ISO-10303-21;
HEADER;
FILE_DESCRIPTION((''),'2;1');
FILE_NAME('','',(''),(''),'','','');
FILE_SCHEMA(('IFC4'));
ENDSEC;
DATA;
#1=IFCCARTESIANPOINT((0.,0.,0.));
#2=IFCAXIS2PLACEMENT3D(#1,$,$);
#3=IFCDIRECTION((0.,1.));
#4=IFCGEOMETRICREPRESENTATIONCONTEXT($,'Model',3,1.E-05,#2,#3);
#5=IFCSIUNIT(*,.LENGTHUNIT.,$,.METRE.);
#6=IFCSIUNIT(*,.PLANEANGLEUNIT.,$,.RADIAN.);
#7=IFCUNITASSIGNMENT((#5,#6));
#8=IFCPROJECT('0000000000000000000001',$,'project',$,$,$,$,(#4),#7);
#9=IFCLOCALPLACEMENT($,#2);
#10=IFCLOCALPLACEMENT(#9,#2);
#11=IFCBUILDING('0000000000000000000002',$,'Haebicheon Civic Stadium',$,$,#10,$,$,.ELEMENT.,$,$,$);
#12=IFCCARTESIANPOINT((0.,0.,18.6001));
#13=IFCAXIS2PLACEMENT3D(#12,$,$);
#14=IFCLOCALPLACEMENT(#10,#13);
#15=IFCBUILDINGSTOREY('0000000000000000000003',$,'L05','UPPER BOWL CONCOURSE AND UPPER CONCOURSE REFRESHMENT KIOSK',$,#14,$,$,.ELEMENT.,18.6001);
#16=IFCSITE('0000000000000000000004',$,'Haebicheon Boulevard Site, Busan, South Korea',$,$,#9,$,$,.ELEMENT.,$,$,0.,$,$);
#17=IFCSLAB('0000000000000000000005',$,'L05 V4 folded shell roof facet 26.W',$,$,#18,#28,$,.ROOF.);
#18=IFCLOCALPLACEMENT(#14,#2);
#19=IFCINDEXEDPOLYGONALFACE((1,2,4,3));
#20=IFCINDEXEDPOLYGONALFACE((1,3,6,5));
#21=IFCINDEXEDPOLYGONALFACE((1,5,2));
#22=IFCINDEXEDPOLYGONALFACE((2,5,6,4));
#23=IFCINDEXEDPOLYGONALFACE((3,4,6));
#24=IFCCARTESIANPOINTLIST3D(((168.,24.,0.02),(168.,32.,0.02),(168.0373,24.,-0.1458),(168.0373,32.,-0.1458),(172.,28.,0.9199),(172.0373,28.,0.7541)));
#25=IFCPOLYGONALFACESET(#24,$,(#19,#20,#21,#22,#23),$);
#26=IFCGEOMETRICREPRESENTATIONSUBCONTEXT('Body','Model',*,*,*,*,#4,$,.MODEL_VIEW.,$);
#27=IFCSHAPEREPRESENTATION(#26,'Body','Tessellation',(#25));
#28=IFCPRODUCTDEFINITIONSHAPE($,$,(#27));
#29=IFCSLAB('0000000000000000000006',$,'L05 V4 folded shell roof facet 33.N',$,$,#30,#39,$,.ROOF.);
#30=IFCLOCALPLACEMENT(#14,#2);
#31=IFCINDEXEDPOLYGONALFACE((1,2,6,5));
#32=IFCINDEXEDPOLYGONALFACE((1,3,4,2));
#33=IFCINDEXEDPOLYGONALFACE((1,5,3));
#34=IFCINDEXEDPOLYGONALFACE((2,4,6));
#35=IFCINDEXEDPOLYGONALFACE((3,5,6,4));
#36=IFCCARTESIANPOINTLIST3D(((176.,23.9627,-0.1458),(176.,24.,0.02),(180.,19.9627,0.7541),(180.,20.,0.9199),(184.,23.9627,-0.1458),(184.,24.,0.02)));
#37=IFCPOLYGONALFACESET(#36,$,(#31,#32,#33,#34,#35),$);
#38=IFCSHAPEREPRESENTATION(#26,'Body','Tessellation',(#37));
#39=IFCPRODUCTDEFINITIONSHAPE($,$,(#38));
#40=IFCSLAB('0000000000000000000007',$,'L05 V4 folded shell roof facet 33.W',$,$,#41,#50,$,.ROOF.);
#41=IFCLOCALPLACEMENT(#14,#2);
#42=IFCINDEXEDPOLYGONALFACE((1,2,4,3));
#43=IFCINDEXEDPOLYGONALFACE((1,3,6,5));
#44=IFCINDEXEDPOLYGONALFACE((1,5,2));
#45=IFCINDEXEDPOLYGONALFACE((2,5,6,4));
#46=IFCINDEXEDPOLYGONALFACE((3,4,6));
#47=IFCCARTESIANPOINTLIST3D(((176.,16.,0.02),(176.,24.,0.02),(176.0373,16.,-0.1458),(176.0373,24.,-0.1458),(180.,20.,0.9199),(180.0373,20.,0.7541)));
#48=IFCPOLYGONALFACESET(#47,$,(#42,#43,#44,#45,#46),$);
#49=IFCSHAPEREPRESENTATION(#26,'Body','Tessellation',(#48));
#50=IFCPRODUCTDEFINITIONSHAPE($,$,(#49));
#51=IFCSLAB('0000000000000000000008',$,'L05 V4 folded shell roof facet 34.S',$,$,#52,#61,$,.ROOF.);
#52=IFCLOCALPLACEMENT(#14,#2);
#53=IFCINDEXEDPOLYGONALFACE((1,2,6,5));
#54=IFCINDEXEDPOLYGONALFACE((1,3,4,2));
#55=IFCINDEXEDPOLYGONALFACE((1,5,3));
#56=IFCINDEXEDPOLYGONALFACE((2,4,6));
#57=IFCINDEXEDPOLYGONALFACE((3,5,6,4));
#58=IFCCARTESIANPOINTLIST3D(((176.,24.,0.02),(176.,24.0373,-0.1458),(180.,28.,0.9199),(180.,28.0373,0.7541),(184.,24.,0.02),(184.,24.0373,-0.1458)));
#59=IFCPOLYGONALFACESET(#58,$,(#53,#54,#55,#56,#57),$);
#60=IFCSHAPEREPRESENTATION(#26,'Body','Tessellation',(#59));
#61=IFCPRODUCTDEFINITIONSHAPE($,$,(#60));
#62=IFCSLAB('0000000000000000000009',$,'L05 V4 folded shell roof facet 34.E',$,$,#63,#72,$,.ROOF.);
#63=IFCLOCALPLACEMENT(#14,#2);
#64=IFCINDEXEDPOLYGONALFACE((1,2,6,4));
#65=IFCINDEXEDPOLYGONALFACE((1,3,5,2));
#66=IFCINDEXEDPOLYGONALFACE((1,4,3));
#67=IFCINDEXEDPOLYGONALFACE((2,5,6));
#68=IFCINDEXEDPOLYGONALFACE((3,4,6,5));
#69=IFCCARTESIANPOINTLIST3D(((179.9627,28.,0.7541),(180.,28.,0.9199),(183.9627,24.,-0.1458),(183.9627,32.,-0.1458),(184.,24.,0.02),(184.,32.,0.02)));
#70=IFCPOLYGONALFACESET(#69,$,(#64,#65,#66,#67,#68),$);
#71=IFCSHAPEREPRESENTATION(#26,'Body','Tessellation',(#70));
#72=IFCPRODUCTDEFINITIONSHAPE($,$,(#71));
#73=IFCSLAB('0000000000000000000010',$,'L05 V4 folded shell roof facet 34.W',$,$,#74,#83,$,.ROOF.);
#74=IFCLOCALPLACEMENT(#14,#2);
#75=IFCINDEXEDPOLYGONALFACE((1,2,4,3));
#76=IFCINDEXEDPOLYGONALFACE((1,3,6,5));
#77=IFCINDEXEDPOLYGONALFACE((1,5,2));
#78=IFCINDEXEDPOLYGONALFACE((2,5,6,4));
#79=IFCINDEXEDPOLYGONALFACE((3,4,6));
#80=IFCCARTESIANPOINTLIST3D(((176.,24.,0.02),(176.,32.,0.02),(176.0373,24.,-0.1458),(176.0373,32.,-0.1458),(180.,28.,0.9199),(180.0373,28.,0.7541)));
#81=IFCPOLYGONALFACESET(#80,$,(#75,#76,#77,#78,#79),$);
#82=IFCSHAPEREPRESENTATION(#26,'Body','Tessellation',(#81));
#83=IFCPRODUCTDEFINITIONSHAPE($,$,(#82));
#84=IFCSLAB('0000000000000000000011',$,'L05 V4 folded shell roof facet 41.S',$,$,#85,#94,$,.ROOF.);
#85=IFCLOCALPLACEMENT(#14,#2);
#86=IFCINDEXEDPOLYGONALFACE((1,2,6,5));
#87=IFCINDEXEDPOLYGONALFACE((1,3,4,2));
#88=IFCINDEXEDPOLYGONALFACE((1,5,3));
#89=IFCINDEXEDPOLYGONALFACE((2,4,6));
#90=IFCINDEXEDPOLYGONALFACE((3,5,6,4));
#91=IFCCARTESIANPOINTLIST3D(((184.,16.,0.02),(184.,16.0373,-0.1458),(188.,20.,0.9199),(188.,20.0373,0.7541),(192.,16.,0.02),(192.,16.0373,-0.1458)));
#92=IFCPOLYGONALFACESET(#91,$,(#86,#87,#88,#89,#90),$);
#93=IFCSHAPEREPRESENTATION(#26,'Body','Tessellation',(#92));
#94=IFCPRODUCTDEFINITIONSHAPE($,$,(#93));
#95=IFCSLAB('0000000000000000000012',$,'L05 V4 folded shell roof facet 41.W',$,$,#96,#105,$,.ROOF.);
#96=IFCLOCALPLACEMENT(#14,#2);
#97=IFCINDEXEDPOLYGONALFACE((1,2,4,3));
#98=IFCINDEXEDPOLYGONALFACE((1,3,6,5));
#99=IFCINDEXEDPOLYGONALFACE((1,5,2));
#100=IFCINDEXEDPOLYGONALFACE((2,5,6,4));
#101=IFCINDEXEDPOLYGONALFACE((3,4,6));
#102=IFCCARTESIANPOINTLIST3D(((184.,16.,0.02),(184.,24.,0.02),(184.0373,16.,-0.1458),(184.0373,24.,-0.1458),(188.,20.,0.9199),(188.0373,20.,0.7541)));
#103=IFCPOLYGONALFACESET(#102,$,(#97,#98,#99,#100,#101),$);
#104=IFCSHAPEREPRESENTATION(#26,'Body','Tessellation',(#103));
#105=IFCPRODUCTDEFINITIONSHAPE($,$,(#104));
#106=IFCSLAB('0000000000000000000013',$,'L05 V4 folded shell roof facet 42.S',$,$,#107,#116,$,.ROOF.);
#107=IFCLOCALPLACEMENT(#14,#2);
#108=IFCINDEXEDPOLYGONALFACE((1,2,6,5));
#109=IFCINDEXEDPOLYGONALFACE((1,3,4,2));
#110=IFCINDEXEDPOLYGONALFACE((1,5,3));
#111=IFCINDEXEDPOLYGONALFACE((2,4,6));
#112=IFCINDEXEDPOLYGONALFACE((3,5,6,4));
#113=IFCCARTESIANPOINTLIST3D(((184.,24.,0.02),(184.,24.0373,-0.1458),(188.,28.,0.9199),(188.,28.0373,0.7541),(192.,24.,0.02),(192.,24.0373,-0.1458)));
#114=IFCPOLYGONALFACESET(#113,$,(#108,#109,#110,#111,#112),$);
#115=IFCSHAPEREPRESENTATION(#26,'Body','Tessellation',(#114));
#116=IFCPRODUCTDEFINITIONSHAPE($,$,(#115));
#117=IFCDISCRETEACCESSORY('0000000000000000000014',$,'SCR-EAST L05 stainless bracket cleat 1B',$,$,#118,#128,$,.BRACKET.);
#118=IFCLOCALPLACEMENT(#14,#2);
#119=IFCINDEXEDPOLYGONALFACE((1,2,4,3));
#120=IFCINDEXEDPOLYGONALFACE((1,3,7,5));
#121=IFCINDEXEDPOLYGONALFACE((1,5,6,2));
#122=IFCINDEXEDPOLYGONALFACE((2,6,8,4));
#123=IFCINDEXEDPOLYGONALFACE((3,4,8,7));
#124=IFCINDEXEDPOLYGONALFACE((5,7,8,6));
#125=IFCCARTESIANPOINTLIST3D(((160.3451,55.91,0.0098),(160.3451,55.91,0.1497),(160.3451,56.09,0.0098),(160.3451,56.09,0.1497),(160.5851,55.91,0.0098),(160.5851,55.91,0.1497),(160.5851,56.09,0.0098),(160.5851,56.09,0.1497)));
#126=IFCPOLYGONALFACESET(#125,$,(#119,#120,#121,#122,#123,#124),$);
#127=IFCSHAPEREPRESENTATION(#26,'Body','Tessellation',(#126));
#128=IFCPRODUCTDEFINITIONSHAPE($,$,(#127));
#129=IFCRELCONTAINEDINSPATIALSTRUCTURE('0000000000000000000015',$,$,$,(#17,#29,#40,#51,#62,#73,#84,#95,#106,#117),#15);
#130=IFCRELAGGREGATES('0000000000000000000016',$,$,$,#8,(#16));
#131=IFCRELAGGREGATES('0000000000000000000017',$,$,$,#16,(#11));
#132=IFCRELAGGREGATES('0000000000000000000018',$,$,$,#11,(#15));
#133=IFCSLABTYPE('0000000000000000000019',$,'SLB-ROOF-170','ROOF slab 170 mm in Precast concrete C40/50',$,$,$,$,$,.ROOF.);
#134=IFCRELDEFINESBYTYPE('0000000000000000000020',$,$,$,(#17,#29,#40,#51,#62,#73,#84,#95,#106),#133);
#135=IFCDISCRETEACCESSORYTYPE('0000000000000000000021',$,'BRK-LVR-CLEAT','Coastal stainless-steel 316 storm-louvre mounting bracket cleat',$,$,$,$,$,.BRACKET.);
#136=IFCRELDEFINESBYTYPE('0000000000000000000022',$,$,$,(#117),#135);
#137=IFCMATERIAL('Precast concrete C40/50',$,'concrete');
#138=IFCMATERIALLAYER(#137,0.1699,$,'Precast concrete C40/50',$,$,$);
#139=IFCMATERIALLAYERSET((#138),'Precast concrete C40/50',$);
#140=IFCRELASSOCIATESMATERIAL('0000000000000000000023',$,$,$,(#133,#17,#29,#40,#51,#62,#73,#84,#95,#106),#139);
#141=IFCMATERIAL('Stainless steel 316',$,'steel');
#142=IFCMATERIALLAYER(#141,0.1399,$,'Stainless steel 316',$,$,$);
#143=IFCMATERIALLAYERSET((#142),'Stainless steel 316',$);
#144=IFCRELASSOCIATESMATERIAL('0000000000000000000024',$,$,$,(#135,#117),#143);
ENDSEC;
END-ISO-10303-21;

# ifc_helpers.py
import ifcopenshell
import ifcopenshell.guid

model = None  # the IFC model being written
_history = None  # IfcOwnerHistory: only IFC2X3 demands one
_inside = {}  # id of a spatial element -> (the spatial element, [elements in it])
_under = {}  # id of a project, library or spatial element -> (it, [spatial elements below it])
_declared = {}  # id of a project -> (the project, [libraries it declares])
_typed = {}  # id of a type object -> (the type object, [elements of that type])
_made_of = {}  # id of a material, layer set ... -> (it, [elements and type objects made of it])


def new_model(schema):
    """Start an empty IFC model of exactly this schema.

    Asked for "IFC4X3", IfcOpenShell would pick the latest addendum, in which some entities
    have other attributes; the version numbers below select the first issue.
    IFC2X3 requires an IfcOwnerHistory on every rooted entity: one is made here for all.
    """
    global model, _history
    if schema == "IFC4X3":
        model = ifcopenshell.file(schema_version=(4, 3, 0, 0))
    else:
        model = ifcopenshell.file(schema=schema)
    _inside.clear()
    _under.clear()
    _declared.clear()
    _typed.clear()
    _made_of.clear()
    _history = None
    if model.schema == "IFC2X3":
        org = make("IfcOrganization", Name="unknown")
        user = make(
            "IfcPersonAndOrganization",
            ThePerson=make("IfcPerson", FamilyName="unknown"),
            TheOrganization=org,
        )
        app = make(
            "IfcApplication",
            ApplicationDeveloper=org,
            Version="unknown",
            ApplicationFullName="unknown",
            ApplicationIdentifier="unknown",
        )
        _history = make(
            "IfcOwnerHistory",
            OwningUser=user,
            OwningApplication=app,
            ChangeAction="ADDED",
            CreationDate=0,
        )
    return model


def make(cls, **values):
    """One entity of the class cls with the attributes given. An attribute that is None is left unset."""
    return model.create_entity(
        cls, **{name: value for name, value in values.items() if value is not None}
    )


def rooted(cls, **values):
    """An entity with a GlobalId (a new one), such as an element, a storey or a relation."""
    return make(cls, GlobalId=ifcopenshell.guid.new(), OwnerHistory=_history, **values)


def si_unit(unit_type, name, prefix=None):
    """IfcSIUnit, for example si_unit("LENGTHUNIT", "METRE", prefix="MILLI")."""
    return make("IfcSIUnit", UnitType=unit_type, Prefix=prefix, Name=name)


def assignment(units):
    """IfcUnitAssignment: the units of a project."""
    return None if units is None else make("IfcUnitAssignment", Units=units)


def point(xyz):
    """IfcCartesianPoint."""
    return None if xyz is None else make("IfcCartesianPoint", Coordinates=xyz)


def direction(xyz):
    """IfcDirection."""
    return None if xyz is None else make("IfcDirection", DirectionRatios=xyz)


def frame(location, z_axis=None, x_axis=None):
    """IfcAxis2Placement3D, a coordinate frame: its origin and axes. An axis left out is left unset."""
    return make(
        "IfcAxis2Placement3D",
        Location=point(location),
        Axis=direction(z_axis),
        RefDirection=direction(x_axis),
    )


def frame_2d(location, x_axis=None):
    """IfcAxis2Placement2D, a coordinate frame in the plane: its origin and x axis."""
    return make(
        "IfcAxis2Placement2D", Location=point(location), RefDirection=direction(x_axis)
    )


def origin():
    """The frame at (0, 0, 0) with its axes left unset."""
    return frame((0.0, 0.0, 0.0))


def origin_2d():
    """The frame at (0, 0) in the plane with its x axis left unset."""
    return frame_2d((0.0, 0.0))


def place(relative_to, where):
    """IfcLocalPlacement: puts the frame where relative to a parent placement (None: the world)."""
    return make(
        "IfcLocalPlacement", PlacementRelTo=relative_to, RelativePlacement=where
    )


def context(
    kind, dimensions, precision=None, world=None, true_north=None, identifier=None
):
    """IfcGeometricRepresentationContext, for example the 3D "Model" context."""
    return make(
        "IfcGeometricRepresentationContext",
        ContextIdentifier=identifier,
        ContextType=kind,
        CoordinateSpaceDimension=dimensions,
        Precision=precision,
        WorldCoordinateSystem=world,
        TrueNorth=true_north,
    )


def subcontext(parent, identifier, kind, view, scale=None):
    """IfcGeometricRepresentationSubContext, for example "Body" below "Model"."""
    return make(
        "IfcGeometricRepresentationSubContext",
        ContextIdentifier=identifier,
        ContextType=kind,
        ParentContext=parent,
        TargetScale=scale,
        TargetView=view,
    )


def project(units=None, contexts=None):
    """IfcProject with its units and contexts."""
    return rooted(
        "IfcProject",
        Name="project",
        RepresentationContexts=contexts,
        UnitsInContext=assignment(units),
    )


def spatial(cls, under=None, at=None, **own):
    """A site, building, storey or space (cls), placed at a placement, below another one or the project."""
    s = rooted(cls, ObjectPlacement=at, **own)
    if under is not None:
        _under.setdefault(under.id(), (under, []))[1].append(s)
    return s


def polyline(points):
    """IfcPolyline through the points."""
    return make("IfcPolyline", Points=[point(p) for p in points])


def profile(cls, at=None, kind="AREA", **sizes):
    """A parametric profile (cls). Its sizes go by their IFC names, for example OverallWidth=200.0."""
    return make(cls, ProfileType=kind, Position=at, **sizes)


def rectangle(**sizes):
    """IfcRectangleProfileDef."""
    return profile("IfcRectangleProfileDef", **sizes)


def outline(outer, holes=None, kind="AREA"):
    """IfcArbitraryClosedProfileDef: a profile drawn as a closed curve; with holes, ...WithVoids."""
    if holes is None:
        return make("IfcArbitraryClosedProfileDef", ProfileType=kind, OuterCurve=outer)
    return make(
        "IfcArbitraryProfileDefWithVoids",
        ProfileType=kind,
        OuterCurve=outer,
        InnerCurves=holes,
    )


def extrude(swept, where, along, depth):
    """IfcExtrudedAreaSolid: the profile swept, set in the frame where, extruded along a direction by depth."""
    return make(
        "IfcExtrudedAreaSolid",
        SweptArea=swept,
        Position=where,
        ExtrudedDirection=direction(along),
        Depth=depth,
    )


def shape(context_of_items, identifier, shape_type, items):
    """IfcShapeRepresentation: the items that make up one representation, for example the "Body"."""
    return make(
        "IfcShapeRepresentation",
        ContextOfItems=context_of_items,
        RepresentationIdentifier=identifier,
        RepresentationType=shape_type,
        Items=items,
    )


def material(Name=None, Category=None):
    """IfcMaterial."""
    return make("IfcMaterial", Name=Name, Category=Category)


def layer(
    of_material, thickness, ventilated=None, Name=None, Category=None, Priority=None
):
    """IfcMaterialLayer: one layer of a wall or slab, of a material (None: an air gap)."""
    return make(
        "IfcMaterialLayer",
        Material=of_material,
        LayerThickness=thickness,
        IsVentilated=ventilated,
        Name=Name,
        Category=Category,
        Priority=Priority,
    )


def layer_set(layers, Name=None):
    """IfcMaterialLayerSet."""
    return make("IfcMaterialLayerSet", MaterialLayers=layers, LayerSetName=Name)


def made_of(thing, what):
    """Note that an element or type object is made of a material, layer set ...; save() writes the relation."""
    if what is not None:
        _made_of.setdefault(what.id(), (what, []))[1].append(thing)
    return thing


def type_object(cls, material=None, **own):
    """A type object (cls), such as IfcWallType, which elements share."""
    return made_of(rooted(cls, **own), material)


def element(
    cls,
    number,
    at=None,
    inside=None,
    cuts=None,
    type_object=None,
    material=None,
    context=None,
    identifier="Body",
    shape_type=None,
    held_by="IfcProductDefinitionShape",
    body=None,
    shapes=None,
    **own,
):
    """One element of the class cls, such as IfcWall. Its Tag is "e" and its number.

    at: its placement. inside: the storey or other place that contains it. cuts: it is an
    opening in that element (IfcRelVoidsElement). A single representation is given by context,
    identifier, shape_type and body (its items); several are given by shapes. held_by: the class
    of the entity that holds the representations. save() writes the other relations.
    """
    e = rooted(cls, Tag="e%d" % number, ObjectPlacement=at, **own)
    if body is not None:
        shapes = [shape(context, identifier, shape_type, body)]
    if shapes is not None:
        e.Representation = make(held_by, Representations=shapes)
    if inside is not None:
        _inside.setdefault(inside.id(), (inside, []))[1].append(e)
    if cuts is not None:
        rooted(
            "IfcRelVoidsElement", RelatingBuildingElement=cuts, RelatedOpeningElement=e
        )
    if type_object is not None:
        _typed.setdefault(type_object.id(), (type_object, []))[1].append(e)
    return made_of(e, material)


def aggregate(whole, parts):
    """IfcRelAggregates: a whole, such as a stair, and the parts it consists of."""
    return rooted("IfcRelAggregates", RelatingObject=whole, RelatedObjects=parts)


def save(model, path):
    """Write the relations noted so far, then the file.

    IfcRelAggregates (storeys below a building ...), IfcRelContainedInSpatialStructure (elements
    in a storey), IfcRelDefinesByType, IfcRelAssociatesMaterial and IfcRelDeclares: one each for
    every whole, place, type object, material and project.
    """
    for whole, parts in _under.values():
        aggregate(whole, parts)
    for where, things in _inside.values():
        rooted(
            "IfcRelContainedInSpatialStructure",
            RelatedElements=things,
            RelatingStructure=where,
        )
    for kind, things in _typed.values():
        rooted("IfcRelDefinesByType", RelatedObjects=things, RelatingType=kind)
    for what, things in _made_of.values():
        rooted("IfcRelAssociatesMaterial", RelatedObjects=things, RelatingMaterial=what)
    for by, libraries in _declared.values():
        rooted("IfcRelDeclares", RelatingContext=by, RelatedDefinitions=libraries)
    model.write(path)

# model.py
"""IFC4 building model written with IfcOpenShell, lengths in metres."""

from ifc_helpers import new_model, si_unit, direction, frame, origin, origin_2d, place, context, subcontext, project, spatial, polyline, rectangle, outline, extrude, material, layer, layer_set, type_object, element, save


model = new_model("IFC4")

# Units and contexts
model_context = context("Model", 3, precision=1e-05, world=origin(), true_north=direction((0.0, 1.0)))
body_context = subcontext(model_context, "Body", "Model", "MODEL_VIEW")
ifc_project = project(units=[si_unit("LENGTHUNIT", "METRE"), si_unit("PLANEANGLEUNIT", "RADIAN")], contexts=[model_context])

# Site, building, storey
site_placement = place(None, origin())
site = spatial("IfcSite", under=ifc_project, at=site_placement, Name="Haebicheon Boulevard Site, Busan, South Korea", CompositionType="ELEMENT", RefElevation=0.0)
building_placement = place(site_placement, origin())
building = spatial("IfcBuilding", under=site, at=building_placement, Name="Haebicheon Civic Stadium", CompositionType="ELEMENT")
storey_placement = place(building_placement, frame((0.0, 0.0, 18.6001)))
storey = spatial("IfcBuildingStorey", under=building, at=storey_placement, Name="L05", Description="UPPER BOWL CONCOURSE AND UPPER CONCOURSE REFRESHMENT KIOSK", CompositionType="ELEMENT", Elevation=18.6001)

# Slabs
ifc_material_1 = material(Name="Precast concrete C40/50", Category="concrete")
ifc_layer_1 = layer(ifc_material_1, 0.1699, Name="Precast concrete C40/50")
ifc_layer_set_1 = layer_set([ifc_layer_1], Name="Precast concrete C40/50")
slab_type = type_object("IfcSlabType", Name="SLB-ROOF-170", Description="ROOF slab 170 mm in Precast concrete C40/50", PredefinedType="ROOF", material=ifc_layer_set_1)
for number, where, z_axis, x_axis, name in (
    (1, (168.0, 32.0, 0.02), (-0.21949, 0.0, 0.975615), (0.0, -1.0, 0.0), "L05 V4 folded shell roof facet 26.W"),
    (2, (184.0, 24.0, 0.02), (0.0, 0.21949, 0.975615), (-1.0, 0.0, 0.0), "L05 V4 folded shell roof facet 33.N"),
    (3, (176.0, 24.0, 0.02), (-0.21949, 0.0, 0.975615), (0.0, -1.0, 0.0), "L05 V4 folded shell roof facet 33.W"),
    (4, (176.0, 24.0, 0.02), (0.0, -0.21949, 0.975615), (1.0, 0.0, 0.0), "L05 V4 folded shell roof facet 34.S"),
    (5, (184.0, 24.0, 0.02), (0.21949, 0.0, 0.975615), (0.0, 1.0, 0.0), "L05 V4 folded shell roof facet 34.E"),
    (6, (176.0, 32.0, 0.02), (-0.21949, 0.0, 0.975615), (0.0, -1.0, 0.0), "L05 V4 folded shell roof facet 34.W"),
    (7, (184.0, 16.0, 0.02), (0.0, -0.21949, 0.975615), (1.0, 0.0, 0.0), "L05 V4 folded shell roof facet 41.S"),
    (8, (184.0, 24.0, 0.02), (-0.21949, 0.0, 0.975615), (0.0, -1.0, 0.0), "L05 V4 folded shell roof facet 41.W"),
    (9, (184.0, 24.0, 0.02), (0.0, -0.21949, 0.975615), (1.0, 0.0, 0.0), "L05 V4 folded shell roof facet 42.S"),
):
    element("IfcSlab", number, at=place(storey_placement, frame(where, z_axis=z_axis, x_axis=x_axis)), inside=storey, type_object=slab_type, material=ifc_layer_set_1, Name=name, PredefinedType="ROOF", context=body_context, shape_type="SweptSolid", body=[
        extrude(outline(polyline([(0.0, 0.0), (8.0, 0.0), (4.0, 4.1), (0.0, 0.0)])), origin(), (0.0, 0.0, -1.0), 0.1699),
    ])

# Discrete accessory
ifc_material_2 = material(Name="Stainless steel 316", Category="steel")
ifc_layer_2 = layer(ifc_material_2, 0.1399, Name="Stainless steel 316")
ifc_layer_set_2 = layer_set([ifc_layer_2], Name="Stainless steel 316")
discrete_accessory_type = type_object("IfcDiscreteAccessoryType", Name="BRK-LVR-CLEAT", Description="Coastal stainless-steel 316 storm-louvre mounting bracket cleat", PredefinedType="BRACKET", material=ifc_layer_set_2)
discrete_accessory_placement = place(storey_placement, frame((160.4651, 56.0, 0.0098), z_axis=(0.0, 0.0, 1.0), x_axis=(1.0, 0.0, 0.0)))
element("IfcDiscreteAccessory", 10, at=discrete_accessory_placement, inside=storey, type_object=discrete_accessory_type, material=ifc_layer_set_2, Name="SCR-EAST L05 stainless bracket cleat 1B", PredefinedType="BRACKET", context=body_context, shape_type="SweptSolid", body=[
    extrude(rectangle(XDim=0.24, YDim=0.1799, at=origin_2d()), origin(), (0.0, 0.0, 1.0), 0.1399),
])

save(model, "model.ifc")
